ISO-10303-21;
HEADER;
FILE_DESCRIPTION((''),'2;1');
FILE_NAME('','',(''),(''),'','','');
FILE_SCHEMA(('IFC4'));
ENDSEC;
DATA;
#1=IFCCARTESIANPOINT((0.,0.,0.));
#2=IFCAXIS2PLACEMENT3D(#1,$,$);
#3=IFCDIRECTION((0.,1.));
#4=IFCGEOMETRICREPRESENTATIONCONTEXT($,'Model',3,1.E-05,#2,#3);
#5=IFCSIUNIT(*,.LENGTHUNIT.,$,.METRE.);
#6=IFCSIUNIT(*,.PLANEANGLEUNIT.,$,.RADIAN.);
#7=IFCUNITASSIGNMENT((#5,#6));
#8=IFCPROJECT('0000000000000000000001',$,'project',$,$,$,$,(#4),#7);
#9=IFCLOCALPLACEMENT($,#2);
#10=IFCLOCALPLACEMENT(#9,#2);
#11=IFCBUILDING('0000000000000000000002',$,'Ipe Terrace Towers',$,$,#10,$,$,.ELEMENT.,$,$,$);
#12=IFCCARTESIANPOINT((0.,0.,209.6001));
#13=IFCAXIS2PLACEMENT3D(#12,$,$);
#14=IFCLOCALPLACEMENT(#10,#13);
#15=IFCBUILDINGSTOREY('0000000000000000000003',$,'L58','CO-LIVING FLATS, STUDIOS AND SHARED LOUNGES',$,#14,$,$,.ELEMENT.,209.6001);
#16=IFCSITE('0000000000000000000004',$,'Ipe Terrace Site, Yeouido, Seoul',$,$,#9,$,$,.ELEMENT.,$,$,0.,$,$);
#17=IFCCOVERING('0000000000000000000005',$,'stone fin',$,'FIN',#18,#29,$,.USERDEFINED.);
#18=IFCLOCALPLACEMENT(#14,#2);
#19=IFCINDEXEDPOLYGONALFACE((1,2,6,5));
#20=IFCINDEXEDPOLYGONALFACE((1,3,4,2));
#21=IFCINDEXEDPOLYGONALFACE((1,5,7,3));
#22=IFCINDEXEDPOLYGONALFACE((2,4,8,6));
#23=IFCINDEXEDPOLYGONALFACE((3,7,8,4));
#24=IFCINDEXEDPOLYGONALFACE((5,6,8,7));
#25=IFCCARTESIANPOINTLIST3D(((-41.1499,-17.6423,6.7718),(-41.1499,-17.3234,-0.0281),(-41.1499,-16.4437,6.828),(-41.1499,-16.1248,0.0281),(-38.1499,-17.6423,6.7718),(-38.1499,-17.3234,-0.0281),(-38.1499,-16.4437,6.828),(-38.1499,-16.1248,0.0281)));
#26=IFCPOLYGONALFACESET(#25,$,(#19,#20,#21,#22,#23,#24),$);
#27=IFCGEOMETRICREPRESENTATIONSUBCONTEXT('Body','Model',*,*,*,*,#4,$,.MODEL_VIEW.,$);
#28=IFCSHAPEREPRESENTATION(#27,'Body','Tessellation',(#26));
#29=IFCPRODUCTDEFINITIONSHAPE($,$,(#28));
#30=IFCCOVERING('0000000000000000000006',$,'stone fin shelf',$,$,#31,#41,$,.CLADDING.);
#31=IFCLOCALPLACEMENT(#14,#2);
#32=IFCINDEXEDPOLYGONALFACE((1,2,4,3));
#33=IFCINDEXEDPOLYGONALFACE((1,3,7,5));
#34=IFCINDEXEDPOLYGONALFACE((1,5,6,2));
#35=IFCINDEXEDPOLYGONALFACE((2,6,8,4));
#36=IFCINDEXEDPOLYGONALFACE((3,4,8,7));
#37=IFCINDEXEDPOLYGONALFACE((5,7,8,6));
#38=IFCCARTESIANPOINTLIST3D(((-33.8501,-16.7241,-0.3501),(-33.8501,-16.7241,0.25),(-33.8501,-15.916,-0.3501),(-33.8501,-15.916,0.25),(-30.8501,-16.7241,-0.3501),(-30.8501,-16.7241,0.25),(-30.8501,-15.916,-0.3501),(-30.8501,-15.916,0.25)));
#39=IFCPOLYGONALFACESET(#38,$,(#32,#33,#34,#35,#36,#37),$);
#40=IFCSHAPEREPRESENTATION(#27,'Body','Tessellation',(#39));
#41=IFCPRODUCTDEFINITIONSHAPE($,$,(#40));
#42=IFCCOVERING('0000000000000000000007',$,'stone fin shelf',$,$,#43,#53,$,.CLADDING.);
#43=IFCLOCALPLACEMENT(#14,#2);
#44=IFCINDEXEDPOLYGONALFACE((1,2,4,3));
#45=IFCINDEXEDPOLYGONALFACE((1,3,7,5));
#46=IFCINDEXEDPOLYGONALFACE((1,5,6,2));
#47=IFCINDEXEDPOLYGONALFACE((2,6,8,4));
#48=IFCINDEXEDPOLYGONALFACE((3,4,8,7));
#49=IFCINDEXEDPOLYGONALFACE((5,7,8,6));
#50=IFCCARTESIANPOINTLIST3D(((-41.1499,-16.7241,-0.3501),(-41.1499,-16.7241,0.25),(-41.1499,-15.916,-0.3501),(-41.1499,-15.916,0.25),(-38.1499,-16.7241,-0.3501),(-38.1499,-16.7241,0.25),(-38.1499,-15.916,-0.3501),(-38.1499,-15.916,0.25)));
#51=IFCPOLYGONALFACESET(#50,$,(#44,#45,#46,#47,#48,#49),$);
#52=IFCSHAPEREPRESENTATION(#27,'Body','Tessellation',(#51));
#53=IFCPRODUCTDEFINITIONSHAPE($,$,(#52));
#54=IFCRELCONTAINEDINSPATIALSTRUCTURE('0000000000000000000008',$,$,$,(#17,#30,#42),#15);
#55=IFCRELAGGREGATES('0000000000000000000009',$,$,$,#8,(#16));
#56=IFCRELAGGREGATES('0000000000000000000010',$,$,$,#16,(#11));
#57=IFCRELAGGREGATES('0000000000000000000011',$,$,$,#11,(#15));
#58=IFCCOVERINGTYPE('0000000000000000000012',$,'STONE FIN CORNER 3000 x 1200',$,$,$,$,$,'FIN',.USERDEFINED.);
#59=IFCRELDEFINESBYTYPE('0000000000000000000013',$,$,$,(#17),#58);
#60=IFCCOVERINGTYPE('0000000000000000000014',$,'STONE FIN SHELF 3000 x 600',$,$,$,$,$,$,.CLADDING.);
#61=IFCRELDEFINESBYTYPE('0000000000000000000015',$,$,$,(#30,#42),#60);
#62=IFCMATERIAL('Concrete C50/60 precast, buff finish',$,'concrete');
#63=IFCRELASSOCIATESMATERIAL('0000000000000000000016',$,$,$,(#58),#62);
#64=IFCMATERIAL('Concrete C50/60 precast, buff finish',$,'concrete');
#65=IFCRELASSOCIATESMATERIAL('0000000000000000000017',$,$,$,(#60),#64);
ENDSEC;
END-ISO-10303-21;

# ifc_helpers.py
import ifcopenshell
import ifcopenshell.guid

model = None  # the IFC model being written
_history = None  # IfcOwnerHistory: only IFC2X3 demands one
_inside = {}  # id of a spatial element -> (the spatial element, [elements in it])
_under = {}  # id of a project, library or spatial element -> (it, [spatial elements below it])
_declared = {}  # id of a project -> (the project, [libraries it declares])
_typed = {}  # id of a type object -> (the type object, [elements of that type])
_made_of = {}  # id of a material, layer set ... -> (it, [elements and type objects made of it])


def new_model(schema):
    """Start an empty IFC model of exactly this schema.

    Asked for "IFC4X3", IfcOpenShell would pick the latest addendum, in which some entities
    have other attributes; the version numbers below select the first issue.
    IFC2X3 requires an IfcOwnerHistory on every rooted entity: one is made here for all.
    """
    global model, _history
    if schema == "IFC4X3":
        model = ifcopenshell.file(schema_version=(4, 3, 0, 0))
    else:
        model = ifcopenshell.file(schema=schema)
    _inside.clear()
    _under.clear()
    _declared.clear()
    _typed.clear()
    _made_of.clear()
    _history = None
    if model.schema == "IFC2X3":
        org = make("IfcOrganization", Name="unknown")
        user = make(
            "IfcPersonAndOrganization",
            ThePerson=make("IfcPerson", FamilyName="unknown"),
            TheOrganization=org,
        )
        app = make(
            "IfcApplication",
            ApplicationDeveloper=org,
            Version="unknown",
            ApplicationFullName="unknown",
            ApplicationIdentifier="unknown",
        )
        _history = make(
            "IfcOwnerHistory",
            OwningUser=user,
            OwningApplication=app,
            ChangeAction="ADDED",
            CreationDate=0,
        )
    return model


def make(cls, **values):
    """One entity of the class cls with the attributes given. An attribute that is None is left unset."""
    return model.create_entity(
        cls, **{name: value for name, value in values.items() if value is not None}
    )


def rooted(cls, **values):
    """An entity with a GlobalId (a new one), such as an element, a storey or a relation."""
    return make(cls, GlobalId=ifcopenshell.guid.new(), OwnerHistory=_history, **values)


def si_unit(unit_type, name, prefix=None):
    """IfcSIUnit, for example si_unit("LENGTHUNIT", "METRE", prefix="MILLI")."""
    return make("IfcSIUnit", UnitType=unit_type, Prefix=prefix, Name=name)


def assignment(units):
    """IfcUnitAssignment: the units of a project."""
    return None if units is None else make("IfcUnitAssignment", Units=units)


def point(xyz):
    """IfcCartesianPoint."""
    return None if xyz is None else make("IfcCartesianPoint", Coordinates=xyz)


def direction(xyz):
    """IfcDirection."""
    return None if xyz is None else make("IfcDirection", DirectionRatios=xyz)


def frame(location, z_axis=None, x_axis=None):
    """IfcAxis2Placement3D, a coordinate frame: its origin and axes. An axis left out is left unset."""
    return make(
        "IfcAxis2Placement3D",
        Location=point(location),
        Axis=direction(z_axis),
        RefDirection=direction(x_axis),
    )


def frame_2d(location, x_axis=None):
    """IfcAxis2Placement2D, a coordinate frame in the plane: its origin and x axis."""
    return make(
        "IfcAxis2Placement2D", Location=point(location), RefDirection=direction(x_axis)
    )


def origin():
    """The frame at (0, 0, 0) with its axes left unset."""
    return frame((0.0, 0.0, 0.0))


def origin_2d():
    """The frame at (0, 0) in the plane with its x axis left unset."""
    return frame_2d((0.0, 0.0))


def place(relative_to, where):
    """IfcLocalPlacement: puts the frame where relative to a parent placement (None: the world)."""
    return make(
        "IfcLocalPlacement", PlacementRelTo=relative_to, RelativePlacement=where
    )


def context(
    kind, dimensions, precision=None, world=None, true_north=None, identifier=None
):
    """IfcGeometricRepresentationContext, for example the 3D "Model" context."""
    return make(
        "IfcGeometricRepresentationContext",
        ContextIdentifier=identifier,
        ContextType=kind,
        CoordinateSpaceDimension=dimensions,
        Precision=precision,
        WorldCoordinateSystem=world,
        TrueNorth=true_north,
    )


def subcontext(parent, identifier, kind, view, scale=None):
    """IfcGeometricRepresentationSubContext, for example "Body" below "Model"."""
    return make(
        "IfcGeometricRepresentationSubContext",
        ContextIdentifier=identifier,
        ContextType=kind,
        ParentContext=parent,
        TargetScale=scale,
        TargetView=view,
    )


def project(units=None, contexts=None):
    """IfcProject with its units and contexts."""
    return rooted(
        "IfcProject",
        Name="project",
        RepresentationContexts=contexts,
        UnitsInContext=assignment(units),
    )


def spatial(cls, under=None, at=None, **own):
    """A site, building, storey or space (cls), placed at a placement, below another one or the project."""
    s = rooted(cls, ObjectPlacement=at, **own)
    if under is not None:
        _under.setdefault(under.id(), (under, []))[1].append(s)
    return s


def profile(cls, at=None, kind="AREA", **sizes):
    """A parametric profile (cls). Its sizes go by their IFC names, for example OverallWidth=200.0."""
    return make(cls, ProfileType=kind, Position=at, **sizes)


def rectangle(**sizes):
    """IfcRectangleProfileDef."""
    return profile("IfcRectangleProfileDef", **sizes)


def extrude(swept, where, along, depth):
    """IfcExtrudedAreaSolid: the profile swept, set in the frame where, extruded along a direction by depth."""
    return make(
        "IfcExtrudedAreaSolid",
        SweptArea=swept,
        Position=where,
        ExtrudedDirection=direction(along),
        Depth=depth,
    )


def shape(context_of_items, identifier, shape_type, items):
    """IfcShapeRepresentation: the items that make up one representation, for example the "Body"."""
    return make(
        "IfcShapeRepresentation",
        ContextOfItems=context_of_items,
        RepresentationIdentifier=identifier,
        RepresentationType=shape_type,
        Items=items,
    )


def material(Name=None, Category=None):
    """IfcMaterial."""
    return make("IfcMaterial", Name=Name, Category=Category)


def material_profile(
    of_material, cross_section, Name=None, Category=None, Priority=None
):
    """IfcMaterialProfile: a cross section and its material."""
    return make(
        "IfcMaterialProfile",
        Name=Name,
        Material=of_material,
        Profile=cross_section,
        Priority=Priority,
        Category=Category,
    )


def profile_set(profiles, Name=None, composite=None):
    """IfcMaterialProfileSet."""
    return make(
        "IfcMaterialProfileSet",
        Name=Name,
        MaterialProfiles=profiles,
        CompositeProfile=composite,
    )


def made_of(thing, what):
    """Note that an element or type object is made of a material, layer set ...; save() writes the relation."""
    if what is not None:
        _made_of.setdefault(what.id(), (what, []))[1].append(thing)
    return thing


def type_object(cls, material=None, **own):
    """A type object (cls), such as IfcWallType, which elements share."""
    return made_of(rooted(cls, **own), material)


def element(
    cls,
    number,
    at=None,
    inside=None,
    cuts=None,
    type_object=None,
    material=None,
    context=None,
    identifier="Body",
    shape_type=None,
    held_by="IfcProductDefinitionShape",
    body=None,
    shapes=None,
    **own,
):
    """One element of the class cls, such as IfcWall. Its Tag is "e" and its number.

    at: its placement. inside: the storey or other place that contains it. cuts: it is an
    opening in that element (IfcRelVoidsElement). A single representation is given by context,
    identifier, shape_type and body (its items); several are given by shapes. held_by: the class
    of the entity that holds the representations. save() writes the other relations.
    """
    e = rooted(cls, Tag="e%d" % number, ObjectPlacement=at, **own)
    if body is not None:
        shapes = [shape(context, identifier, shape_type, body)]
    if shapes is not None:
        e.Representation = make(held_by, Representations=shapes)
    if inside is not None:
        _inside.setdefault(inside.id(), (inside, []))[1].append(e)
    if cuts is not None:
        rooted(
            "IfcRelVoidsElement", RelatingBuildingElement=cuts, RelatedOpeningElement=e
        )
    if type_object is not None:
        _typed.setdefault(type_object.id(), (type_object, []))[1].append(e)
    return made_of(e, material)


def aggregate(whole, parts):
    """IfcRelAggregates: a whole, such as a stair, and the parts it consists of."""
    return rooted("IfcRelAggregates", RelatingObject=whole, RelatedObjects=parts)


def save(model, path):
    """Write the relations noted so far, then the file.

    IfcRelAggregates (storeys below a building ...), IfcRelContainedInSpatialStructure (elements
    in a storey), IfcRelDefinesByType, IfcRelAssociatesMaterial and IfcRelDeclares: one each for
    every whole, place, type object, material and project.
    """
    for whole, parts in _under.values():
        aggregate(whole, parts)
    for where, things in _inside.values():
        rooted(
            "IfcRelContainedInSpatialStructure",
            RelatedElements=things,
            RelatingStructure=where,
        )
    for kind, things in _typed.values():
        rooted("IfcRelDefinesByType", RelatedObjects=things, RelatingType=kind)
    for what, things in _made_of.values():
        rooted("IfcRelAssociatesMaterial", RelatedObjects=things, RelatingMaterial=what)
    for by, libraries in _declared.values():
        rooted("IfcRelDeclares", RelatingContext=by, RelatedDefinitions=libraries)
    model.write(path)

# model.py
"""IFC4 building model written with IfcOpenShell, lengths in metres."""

from ifc_helpers import new_model, si_unit, direction, frame, origin, origin_2d, place, context, subcontext, project, spatial, rectangle, extrude, material, material_profile, profile_set, type_object, element, save


model = new_model("IFC4")

# Units and contexts
model_context = context("Model", 3, precision=1e-05, world=origin(), true_north=direction((0.0, 1.0)))
body_context = subcontext(model_context, "Body", "Model", "MODEL_VIEW")
ifc_project = project(units=[si_unit("LENGTHUNIT", "METRE"), si_unit("PLANEANGLEUNIT", "RADIAN")], contexts=[model_context])

# Site, building, storey
site_placement = place(None, origin())
site = spatial("IfcSite", under=ifc_project, at=site_placement, Name="Ipe Terrace Site, Yeouido, Seoul", CompositionType="ELEMENT", RefElevation=0.0)
building_placement = place(site_placement, origin())
building = spatial("IfcBuilding", under=site, at=building_placement, Name="Ipe Terrace Towers", CompositionType="ELEMENT")
storey_placement = place(building_placement, frame((0.0, 0.0, 209.6001)))
storey = spatial("IfcBuildingStorey", under=building, at=storey_placement, Name="L58", Description="CO-LIVING FLATS, STUDIOS AND SHARED LOUNGES", CompositionType="ELEMENT", Elevation=209.6001)

# Coverings
ifc_material_1 = material(Name="Concrete C50/60 precast, buff finish", Category="concrete")
ifc_material_profile_1 = material_profile(ifc_material_1, rectangle(XDim=3.0, YDim=1.2, at=origin_2d()), Name="STONE FIN CORNER 3000 x 1200")
ifc_profile_set_1 = profile_set([ifc_material_profile_1], Name="Concrete C50/60 precast, buff finish")
covering_type_1 = type_object("IfcCoveringType", Name="STONE FIN CORNER 3000 x 1200", ElementType="FIN", PredefinedType="USERDEFINED", material=ifc_profile_set_1)
for number, where, z_axis, x_axis, name in (
    (1, (-39.6499, -16.7241, 0.0), (0.0, -0.046839, 0.998902), (1.0, 0.0, 0.0), "stone fin"),
):
    element("IfcCovering", number, at=place(storey_placement, frame(where, z_axis=z_axis, x_axis=x_axis)), inside=storey, type_object=covering_type_1, Name=name, ObjectType="FIN", PredefinedType="USERDEFINED", context=body_context, shape_type="SweptSolid", body=[
        extrude(rectangle(XDim=3.0, YDim=1.2, at=origin_2d()), origin(), (0.0, 0.0, 1.0), 6.8074),
    ])
ifc_material_2 = material(Name="Concrete C50/60 precast, buff finish", Category="concrete")
covering_type_2 = type_object("IfcCoveringType", Name="STONE FIN SHELF 3000 x 600", PredefinedType="CLADDING", material=ifc_material_2)
for number, where, z_axis, x_axis, name in (
    (2, (-32.3501, -16.3201, -0.3501), (0.0, 0.0, 1.0), (1.0, 0.0, 0.0), "stone fin shelf"),
    (3, (-39.6499, -16.3201, -0.3501), (0.0, 0.0, 1.0), (1.0, 0.0, 0.0), "stone fin shelf"),
):
    element("IfcCovering", number, at=place(storey_placement, frame(where, z_axis=z_axis, x_axis=x_axis)), inside=storey, type_object=covering_type_2, Name=name, PredefinedType="CLADDING", context=body_context, shape_type="SweptSolid", body=[
        extrude(rectangle(XDim=3.0, YDim=0.8081, at=origin_2d()), origin(), (0.0, 0.0, 1.0), 0.6001),
    ])

save(model, "model.ifc")
